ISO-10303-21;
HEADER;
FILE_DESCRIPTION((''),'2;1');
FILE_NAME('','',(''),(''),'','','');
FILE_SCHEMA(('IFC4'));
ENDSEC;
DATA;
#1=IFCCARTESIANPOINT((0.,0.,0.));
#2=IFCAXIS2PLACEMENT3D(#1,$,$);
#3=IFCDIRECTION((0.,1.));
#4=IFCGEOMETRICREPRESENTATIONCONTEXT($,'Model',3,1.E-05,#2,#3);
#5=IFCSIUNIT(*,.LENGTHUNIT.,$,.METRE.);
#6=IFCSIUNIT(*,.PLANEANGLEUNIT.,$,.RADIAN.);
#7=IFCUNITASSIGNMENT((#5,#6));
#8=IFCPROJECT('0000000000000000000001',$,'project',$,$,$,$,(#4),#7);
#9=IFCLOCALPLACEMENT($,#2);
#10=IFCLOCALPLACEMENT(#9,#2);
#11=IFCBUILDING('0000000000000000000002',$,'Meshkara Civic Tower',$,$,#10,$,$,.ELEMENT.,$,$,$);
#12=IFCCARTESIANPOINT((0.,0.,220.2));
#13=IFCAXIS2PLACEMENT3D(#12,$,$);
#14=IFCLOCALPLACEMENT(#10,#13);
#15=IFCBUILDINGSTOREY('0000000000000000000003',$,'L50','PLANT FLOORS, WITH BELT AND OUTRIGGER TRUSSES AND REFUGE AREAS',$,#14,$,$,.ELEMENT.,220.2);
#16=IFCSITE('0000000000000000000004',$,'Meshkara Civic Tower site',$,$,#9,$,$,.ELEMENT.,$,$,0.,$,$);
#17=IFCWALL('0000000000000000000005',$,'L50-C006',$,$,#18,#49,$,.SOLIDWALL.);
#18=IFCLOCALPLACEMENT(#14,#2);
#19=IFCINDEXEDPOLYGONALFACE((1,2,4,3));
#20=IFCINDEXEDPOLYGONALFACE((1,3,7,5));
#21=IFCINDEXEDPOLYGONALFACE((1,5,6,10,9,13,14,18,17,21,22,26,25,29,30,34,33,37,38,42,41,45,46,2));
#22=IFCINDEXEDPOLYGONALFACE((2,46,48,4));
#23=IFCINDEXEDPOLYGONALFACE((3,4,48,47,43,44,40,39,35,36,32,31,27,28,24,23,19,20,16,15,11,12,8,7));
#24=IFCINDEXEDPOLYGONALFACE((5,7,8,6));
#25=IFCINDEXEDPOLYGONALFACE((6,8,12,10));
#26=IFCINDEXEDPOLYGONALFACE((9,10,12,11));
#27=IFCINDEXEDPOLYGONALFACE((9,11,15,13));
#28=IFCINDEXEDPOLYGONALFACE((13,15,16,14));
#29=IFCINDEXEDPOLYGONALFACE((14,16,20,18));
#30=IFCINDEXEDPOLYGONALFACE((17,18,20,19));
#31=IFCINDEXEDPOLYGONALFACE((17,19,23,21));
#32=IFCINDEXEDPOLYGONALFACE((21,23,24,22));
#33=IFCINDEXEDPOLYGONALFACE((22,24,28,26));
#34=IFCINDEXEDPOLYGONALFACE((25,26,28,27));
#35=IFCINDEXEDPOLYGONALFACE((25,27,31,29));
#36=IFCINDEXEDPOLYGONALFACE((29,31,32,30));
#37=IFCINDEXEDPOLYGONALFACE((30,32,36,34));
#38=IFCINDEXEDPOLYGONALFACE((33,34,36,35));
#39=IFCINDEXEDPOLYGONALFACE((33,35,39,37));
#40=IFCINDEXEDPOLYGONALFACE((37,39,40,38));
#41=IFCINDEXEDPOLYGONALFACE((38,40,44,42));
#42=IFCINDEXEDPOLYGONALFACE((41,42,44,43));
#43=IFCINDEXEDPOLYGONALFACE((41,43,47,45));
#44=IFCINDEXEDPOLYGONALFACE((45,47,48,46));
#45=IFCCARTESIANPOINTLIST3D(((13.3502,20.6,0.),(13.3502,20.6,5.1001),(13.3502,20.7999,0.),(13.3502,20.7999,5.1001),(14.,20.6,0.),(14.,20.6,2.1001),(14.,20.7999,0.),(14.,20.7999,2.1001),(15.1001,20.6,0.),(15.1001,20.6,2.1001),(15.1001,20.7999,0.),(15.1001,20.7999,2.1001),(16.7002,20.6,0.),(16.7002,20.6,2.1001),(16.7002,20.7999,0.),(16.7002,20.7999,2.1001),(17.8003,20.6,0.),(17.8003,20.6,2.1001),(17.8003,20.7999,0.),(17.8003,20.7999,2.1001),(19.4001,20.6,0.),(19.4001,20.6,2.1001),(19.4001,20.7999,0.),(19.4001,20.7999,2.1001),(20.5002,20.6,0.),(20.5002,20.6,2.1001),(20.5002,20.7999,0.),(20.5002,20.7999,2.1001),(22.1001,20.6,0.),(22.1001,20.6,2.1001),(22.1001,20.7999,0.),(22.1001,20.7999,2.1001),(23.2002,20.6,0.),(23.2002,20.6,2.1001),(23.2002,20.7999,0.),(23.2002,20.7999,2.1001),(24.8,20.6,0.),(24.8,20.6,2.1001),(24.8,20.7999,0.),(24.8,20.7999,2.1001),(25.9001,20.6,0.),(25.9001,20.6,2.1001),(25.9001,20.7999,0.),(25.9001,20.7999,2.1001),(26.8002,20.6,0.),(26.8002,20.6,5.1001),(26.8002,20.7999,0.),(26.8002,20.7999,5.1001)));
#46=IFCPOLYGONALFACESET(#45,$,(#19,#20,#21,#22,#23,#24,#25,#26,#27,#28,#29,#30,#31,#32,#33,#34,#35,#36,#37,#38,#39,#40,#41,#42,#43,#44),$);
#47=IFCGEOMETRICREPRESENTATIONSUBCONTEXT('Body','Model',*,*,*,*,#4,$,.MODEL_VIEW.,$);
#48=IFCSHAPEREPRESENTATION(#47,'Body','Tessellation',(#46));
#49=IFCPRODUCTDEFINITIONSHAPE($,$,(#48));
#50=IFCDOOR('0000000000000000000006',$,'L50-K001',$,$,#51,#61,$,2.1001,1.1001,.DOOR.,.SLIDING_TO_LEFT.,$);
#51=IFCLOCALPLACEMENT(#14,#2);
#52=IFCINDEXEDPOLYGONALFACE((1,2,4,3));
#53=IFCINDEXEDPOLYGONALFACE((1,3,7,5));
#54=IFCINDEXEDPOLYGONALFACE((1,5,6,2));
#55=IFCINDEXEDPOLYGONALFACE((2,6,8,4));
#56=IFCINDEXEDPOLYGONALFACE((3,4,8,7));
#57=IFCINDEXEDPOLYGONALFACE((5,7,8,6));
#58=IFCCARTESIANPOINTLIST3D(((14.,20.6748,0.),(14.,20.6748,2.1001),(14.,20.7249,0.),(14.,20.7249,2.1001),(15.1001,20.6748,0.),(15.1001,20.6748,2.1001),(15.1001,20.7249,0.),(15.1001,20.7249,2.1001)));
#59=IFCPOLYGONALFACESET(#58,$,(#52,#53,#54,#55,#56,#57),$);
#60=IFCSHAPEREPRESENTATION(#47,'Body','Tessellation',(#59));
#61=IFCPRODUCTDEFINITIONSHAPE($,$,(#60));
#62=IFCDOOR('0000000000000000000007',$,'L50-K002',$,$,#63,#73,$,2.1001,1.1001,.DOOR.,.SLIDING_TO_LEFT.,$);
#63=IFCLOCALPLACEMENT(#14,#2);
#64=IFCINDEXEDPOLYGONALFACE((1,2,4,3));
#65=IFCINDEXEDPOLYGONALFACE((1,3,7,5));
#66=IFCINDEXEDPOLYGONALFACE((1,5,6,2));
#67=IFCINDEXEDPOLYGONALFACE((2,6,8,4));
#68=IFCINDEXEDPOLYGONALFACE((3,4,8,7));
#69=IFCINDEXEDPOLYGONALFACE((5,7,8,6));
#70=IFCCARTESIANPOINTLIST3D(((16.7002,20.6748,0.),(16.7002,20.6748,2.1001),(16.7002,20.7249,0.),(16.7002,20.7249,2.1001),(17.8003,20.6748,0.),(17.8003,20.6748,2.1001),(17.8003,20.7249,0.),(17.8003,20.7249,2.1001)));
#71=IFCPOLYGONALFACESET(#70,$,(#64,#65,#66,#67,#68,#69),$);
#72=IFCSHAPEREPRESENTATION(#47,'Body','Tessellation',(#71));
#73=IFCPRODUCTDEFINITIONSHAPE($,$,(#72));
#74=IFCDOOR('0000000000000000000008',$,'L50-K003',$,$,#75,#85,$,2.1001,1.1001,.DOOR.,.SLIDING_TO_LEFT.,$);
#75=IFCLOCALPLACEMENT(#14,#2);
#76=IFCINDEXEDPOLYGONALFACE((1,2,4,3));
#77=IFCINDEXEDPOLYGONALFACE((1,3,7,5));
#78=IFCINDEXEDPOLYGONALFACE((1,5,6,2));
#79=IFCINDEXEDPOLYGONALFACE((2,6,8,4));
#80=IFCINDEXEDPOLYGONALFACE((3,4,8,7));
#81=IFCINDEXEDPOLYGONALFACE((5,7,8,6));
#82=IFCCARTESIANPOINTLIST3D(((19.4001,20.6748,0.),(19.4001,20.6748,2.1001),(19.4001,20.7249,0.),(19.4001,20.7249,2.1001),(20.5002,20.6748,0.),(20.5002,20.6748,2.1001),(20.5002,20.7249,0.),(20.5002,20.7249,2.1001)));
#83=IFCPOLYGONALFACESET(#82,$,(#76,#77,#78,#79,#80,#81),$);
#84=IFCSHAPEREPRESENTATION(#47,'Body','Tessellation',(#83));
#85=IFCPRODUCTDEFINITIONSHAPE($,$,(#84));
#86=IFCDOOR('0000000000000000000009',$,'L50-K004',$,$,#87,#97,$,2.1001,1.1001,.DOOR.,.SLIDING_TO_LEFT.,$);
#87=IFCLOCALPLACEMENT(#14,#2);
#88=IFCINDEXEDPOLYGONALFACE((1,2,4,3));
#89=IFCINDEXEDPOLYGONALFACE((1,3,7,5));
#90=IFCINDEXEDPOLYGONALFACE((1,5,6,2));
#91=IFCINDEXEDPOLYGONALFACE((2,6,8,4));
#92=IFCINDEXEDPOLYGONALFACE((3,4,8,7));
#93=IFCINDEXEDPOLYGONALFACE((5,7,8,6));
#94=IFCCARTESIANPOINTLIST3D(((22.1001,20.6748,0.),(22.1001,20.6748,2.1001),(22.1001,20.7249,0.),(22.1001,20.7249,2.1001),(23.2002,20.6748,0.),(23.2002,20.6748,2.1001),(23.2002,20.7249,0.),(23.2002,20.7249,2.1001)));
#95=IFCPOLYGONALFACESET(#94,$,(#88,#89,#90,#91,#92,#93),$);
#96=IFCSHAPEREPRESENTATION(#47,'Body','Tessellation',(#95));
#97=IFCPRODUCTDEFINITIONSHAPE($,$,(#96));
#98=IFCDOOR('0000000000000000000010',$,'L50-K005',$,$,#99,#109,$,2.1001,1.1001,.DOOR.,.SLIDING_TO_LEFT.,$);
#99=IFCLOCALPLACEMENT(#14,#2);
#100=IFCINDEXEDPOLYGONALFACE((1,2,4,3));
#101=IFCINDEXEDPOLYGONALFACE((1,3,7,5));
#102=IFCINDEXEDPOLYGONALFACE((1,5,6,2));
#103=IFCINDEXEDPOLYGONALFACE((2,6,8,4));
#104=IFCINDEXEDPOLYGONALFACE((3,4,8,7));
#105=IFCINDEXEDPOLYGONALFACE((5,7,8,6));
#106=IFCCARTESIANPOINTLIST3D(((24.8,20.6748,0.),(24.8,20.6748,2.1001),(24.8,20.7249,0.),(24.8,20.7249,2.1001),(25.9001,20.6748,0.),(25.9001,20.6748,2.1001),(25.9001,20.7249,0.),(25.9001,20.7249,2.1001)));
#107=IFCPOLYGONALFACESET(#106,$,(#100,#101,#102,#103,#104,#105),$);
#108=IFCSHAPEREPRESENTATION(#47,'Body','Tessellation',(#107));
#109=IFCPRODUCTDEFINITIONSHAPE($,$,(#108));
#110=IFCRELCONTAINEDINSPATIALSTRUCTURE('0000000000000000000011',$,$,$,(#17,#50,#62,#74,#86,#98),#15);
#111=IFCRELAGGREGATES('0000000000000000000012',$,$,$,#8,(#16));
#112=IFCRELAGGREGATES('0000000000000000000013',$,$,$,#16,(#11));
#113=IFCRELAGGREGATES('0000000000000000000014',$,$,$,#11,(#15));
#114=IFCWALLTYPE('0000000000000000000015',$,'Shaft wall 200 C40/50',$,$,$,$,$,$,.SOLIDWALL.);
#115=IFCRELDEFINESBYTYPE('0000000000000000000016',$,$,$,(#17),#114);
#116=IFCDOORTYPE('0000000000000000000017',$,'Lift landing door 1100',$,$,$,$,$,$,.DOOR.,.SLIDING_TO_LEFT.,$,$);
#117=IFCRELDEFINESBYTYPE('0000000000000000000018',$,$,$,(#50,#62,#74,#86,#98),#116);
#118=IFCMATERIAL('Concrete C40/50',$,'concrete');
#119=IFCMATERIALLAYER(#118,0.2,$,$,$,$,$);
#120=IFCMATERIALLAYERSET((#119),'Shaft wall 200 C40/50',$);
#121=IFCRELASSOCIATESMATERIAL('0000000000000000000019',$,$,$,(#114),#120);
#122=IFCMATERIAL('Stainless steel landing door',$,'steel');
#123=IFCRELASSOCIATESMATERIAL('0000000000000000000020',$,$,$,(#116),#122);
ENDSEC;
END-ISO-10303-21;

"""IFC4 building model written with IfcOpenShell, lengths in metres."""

from ifc_helpers import new_model, si_unit, direction, frame, frame_2d, origin, place, context, subcontext, project, spatial, rectangle, extrude, material, layer, layer_set, type_object, element, fill, save


model = new_model("IFC4")

# Units and contexts
model_context = context("Model", 3, precision=1e-05, world=origin(), true_north=direction((0.0, 1.0)))
body_context = subcontext(model_context, "Body", "Model", "MODEL_VIEW")
ifc_project = project(units=[si_unit("LENGTHUNIT", "METRE"), si_unit("PLANEANGLEUNIT", "RADIAN")], contexts=[model_context])

# Site, building, storey
site_placement = place(None, origin())
site = spatial("IfcSite", under=ifc_project, at=site_placement, Name="Meshkara Civic Tower site", CompositionType="ELEMENT", RefElevation=0.0)
building_placement = place(site_placement, origin())
building = spatial("IfcBuilding", under=site, at=building_placement, Name="Meshkara Civic Tower", CompositionType="ELEMENT")
storey_placement = place(building_placement, frame((0.0, 0.0, 220.2)))
storey = spatial("IfcBuildingStorey", under=building, at=storey_placement, Name="L50", Description="PLANT FLOORS, WITH BELT AND OUTRIGGER TRUSSES AND REFUGE AREAS", CompositionType="ELEMENT", Elevation=220.2)

# Wall, openings, doors
ifc_material_1 = material(Name="Concrete C40/50", Category="concrete")
ifc_layer_1 = layer(ifc_material_1, 0.2)
ifc_layer_set_1 = layer_set([ifc_layer_1], Name="Shaft wall 200 C40/50")
wall_type_1 = type_object("IfcWallType", Name="Shaft wall 200 C40/50", PredefinedType="SOLIDWALL", material=ifc_layer_set_1)
wall_1_placement = place(storey_placement, frame((13.3501, 20.7, 0.0), z_axis=(0.0, 0.0, 1.0), x_axis=(1.0, 0.0, 0.0)))
wall_1 = element("IfcWall", 1, at=wall_1_placement, inside=storey, type_object=wall_type_1, Name="L50-C006", PredefinedType="SOLIDWALL", context=body_context, shape_type="SweptSolid", body=[
    extrude(rectangle(XDim=13.45, YDim=0.2, at=frame_2d((6.7251, 0.0))), origin(), (0.0, 0.0, 1.0), 5.1001),
])
opening_1_placement = place(wall_1_placement, frame((0.6499, 0.0, 0.0)))
opening_1 = element("IfcOpeningElement", 2, at=opening_1_placement, cuts=wall_1, PredefinedType="OPENING", context=body_context, shape_type="SweptSolid", body=[
    extrude(rectangle(XDim=1.1001, YDim=2.1001, at=frame_2d((0.55, 1.05))), frame((0.0, 0.1099, 0.0), z_axis=(0.0, -1.0, 0.0), x_axis=(1.0, 0.0, 0.0)), (0.0, 0.0, 1.0), 0.22),
])
opening_2_placement = place(wall_1_placement, frame((3.3501, 0.0, 0.0)))
opening_2 = element("IfcOpeningElement", 3, at=opening_2_placement, cuts=wall_1, PredefinedType="OPENING", context=body_context, shape_type="SweptSolid", body=[
    extrude(rectangle(XDim=1.1001, YDim=2.1001, at=frame_2d((0.55, 1.05))), frame((0.0, 0.1099, 0.0), z_axis=(0.0, -1.0, 0.0), x_axis=(1.0, 0.0, 0.0)), (0.0, 0.0, 1.0), 0.22),
])
opening_3_placement = place(wall_1_placement, frame((6.05, 0.0, 0.0)))
opening_3 = element("IfcOpeningElement", 4, at=opening_3_placement, cuts=wall_1, PredefinedType="OPENING", context=body_context, shape_type="SweptSolid", body=[
    extrude(rectangle(XDim=1.1001, YDim=2.1001, at=frame_2d((0.55, 1.05))), frame((0.0, 0.1099, 0.0), z_axis=(0.0, -1.0, 0.0), x_axis=(1.0, 0.0, 0.0)), (0.0, 0.0, 1.0), 0.22),
])
opening_4_placement = place(wall_1_placement, frame((8.75, 0.0, 0.0)))
opening_4 = element("IfcOpeningElement", 5, at=opening_4_placement, cuts=wall_1, PredefinedType="OPENING", context=body_context, shape_type="SweptSolid", body=[
    extrude(rectangle(XDim=1.1001, YDim=2.1001, at=frame_2d((0.55, 1.05))), frame((0.0, 0.1099, 0.0), z_axis=(0.0, -1.0, 0.0), x_axis=(1.0, 0.0, 0.0)), (0.0, 0.0, 1.0), 0.22),
])
opening_5_placement = place(wall_1_placement, frame((11.45, 0.0, 0.0)))
opening_5 = element("IfcOpeningElement", 6, at=opening_5_placement, cuts=wall_1, PredefinedType="OPENING", context=body_context, shape_type="SweptSolid", body=[
    extrude(rectangle(XDim=1.1001, YDim=2.1001, at=frame_2d((0.55, 1.05))), frame((0.0, 0.1099, 0.0), z_axis=(0.0, -1.0, 0.0), x_axis=(1.0, 0.0, 0.0)), (0.0, 0.0, 1.0), 0.22),
])
ifc_material_2 = material(Name="Stainless steel landing door", Category="steel")
door_type_1 = type_object("IfcDoorType", Name="Lift landing door 1100", OperationType="SLIDING_TO_LEFT", PredefinedType="DOOR", material=ifc_material_2)
door_1_placement = place(opening_1_placement, origin())
door_1 = element("IfcDoor", 7, at=door_1_placement, inside=storey, type_object=door_type_1, Name="L50-K001", OperationType="SLIDING_TO_LEFT", OverallHeight=2.1001, OverallWidth=1.1001, PredefinedType="DOOR", context=body_context, shape_type="SweptSolid", body=[
    extrude(rectangle(XDim=1.1001, YDim=2.1001, at=frame_2d((0.55, 1.05))), frame((0.0, 0.0249, 0.0), z_axis=(0.0, -1.0, 0.0), x_axis=(1.0, 0.0, 0.0)), (0.0, 0.0, 1.0), 0.05),
])
fill(opening_1, door_1)
door_2_placement = place(opening_2_placement, origin())
door_2 = element("IfcDoor", 8, at=door_2_placement, inside=storey, type_object=door_type_1, Name="L50-K002", OperationType="SLIDING_TO_LEFT", OverallHeight=2.1001, OverallWidth=1.1001, PredefinedType="DOOR", context=body_context, shape_type="SweptSolid", body=[
    extrude(rectangle(XDim=1.1001, YDim=2.1001, at=frame_2d((0.55, 1.05))), frame((0.0, 0.0249, 0.0), z_axis=(0.0, -1.0, 0.0), x_axis=(1.0, 0.0, 0.0)), (0.0, 0.0, 1.0), 0.05),
])
fill(opening_2, door_2)
door_3_placement = place(opening_3_placement, origin())
door_3 = element("IfcDoor", 9, at=door_3_placement, inside=storey, type_object=door_type_1, Name="L50-K003", OperationType="SLIDING_TO_LEFT", OverallHeight=2.1001, OverallWidth=1.1001, PredefinedType="DOOR", context=body_context, shape_type="SweptSolid", body=[
    extrude(rectangle(XDim=1.1001, YDim=2.1001, at=frame_2d((0.55, 1.05))), frame((0.0, 0.0249, 0.0), z_axis=(0.0, -1.0, 0.0), x_axis=(1.0, 0.0, 0.0)), (0.0, 0.0, 1.0), 0.05),
])
fill(opening_3, door_3)
door_4_placement = place(opening_4_placement, origin())
door_4 = element("IfcDoor", 10, at=door_4_placement, inside=storey, type_object=door_type_1, Name="L50-K004", OperationType="SLIDING_TO_LEFT", OverallHeight=2.1001, OverallWidth=1.1001, PredefinedType="DOOR", context=body_context, shape_type="SweptSolid", body=[
    extrude(rectangle(XDim=1.1001, YDim=2.1001, at=frame_2d((0.55, 1.05))), frame((0.0, 0.0249, 0.0), z_axis=(0.0, -1.0, 0.0), x_axis=(1.0, 0.0, 0.0)), (0.0, 0.0, 1.0), 0.05),
])
fill(opening_4, door_4)
door_5_placement = place(opening_5_placement, origin())
door_5 = element("IfcDoor", 11, at=door_5_placement, inside=storey, type_object=door_type_1, Name="L50-K005", OperationType="SLIDING_TO_LEFT", OverallHeight=2.1001, OverallWidth=1.1001, PredefinedType="DOOR", context=body_context, shape_type="SweptSolid", body=[
    extrude(rectangle(XDim=1.1001, YDim=2.1001, at=frame_2d((0.55, 1.05))), frame((0.0, 0.0249, 0.0), z_axis=(0.0, -1.0, 0.0), x_axis=(1.0, 0.0, 0.0)), (0.0, 0.0, 1.0), 0.05),
])
fill(opening_5, door_5)

save(model, "model.ifc")
